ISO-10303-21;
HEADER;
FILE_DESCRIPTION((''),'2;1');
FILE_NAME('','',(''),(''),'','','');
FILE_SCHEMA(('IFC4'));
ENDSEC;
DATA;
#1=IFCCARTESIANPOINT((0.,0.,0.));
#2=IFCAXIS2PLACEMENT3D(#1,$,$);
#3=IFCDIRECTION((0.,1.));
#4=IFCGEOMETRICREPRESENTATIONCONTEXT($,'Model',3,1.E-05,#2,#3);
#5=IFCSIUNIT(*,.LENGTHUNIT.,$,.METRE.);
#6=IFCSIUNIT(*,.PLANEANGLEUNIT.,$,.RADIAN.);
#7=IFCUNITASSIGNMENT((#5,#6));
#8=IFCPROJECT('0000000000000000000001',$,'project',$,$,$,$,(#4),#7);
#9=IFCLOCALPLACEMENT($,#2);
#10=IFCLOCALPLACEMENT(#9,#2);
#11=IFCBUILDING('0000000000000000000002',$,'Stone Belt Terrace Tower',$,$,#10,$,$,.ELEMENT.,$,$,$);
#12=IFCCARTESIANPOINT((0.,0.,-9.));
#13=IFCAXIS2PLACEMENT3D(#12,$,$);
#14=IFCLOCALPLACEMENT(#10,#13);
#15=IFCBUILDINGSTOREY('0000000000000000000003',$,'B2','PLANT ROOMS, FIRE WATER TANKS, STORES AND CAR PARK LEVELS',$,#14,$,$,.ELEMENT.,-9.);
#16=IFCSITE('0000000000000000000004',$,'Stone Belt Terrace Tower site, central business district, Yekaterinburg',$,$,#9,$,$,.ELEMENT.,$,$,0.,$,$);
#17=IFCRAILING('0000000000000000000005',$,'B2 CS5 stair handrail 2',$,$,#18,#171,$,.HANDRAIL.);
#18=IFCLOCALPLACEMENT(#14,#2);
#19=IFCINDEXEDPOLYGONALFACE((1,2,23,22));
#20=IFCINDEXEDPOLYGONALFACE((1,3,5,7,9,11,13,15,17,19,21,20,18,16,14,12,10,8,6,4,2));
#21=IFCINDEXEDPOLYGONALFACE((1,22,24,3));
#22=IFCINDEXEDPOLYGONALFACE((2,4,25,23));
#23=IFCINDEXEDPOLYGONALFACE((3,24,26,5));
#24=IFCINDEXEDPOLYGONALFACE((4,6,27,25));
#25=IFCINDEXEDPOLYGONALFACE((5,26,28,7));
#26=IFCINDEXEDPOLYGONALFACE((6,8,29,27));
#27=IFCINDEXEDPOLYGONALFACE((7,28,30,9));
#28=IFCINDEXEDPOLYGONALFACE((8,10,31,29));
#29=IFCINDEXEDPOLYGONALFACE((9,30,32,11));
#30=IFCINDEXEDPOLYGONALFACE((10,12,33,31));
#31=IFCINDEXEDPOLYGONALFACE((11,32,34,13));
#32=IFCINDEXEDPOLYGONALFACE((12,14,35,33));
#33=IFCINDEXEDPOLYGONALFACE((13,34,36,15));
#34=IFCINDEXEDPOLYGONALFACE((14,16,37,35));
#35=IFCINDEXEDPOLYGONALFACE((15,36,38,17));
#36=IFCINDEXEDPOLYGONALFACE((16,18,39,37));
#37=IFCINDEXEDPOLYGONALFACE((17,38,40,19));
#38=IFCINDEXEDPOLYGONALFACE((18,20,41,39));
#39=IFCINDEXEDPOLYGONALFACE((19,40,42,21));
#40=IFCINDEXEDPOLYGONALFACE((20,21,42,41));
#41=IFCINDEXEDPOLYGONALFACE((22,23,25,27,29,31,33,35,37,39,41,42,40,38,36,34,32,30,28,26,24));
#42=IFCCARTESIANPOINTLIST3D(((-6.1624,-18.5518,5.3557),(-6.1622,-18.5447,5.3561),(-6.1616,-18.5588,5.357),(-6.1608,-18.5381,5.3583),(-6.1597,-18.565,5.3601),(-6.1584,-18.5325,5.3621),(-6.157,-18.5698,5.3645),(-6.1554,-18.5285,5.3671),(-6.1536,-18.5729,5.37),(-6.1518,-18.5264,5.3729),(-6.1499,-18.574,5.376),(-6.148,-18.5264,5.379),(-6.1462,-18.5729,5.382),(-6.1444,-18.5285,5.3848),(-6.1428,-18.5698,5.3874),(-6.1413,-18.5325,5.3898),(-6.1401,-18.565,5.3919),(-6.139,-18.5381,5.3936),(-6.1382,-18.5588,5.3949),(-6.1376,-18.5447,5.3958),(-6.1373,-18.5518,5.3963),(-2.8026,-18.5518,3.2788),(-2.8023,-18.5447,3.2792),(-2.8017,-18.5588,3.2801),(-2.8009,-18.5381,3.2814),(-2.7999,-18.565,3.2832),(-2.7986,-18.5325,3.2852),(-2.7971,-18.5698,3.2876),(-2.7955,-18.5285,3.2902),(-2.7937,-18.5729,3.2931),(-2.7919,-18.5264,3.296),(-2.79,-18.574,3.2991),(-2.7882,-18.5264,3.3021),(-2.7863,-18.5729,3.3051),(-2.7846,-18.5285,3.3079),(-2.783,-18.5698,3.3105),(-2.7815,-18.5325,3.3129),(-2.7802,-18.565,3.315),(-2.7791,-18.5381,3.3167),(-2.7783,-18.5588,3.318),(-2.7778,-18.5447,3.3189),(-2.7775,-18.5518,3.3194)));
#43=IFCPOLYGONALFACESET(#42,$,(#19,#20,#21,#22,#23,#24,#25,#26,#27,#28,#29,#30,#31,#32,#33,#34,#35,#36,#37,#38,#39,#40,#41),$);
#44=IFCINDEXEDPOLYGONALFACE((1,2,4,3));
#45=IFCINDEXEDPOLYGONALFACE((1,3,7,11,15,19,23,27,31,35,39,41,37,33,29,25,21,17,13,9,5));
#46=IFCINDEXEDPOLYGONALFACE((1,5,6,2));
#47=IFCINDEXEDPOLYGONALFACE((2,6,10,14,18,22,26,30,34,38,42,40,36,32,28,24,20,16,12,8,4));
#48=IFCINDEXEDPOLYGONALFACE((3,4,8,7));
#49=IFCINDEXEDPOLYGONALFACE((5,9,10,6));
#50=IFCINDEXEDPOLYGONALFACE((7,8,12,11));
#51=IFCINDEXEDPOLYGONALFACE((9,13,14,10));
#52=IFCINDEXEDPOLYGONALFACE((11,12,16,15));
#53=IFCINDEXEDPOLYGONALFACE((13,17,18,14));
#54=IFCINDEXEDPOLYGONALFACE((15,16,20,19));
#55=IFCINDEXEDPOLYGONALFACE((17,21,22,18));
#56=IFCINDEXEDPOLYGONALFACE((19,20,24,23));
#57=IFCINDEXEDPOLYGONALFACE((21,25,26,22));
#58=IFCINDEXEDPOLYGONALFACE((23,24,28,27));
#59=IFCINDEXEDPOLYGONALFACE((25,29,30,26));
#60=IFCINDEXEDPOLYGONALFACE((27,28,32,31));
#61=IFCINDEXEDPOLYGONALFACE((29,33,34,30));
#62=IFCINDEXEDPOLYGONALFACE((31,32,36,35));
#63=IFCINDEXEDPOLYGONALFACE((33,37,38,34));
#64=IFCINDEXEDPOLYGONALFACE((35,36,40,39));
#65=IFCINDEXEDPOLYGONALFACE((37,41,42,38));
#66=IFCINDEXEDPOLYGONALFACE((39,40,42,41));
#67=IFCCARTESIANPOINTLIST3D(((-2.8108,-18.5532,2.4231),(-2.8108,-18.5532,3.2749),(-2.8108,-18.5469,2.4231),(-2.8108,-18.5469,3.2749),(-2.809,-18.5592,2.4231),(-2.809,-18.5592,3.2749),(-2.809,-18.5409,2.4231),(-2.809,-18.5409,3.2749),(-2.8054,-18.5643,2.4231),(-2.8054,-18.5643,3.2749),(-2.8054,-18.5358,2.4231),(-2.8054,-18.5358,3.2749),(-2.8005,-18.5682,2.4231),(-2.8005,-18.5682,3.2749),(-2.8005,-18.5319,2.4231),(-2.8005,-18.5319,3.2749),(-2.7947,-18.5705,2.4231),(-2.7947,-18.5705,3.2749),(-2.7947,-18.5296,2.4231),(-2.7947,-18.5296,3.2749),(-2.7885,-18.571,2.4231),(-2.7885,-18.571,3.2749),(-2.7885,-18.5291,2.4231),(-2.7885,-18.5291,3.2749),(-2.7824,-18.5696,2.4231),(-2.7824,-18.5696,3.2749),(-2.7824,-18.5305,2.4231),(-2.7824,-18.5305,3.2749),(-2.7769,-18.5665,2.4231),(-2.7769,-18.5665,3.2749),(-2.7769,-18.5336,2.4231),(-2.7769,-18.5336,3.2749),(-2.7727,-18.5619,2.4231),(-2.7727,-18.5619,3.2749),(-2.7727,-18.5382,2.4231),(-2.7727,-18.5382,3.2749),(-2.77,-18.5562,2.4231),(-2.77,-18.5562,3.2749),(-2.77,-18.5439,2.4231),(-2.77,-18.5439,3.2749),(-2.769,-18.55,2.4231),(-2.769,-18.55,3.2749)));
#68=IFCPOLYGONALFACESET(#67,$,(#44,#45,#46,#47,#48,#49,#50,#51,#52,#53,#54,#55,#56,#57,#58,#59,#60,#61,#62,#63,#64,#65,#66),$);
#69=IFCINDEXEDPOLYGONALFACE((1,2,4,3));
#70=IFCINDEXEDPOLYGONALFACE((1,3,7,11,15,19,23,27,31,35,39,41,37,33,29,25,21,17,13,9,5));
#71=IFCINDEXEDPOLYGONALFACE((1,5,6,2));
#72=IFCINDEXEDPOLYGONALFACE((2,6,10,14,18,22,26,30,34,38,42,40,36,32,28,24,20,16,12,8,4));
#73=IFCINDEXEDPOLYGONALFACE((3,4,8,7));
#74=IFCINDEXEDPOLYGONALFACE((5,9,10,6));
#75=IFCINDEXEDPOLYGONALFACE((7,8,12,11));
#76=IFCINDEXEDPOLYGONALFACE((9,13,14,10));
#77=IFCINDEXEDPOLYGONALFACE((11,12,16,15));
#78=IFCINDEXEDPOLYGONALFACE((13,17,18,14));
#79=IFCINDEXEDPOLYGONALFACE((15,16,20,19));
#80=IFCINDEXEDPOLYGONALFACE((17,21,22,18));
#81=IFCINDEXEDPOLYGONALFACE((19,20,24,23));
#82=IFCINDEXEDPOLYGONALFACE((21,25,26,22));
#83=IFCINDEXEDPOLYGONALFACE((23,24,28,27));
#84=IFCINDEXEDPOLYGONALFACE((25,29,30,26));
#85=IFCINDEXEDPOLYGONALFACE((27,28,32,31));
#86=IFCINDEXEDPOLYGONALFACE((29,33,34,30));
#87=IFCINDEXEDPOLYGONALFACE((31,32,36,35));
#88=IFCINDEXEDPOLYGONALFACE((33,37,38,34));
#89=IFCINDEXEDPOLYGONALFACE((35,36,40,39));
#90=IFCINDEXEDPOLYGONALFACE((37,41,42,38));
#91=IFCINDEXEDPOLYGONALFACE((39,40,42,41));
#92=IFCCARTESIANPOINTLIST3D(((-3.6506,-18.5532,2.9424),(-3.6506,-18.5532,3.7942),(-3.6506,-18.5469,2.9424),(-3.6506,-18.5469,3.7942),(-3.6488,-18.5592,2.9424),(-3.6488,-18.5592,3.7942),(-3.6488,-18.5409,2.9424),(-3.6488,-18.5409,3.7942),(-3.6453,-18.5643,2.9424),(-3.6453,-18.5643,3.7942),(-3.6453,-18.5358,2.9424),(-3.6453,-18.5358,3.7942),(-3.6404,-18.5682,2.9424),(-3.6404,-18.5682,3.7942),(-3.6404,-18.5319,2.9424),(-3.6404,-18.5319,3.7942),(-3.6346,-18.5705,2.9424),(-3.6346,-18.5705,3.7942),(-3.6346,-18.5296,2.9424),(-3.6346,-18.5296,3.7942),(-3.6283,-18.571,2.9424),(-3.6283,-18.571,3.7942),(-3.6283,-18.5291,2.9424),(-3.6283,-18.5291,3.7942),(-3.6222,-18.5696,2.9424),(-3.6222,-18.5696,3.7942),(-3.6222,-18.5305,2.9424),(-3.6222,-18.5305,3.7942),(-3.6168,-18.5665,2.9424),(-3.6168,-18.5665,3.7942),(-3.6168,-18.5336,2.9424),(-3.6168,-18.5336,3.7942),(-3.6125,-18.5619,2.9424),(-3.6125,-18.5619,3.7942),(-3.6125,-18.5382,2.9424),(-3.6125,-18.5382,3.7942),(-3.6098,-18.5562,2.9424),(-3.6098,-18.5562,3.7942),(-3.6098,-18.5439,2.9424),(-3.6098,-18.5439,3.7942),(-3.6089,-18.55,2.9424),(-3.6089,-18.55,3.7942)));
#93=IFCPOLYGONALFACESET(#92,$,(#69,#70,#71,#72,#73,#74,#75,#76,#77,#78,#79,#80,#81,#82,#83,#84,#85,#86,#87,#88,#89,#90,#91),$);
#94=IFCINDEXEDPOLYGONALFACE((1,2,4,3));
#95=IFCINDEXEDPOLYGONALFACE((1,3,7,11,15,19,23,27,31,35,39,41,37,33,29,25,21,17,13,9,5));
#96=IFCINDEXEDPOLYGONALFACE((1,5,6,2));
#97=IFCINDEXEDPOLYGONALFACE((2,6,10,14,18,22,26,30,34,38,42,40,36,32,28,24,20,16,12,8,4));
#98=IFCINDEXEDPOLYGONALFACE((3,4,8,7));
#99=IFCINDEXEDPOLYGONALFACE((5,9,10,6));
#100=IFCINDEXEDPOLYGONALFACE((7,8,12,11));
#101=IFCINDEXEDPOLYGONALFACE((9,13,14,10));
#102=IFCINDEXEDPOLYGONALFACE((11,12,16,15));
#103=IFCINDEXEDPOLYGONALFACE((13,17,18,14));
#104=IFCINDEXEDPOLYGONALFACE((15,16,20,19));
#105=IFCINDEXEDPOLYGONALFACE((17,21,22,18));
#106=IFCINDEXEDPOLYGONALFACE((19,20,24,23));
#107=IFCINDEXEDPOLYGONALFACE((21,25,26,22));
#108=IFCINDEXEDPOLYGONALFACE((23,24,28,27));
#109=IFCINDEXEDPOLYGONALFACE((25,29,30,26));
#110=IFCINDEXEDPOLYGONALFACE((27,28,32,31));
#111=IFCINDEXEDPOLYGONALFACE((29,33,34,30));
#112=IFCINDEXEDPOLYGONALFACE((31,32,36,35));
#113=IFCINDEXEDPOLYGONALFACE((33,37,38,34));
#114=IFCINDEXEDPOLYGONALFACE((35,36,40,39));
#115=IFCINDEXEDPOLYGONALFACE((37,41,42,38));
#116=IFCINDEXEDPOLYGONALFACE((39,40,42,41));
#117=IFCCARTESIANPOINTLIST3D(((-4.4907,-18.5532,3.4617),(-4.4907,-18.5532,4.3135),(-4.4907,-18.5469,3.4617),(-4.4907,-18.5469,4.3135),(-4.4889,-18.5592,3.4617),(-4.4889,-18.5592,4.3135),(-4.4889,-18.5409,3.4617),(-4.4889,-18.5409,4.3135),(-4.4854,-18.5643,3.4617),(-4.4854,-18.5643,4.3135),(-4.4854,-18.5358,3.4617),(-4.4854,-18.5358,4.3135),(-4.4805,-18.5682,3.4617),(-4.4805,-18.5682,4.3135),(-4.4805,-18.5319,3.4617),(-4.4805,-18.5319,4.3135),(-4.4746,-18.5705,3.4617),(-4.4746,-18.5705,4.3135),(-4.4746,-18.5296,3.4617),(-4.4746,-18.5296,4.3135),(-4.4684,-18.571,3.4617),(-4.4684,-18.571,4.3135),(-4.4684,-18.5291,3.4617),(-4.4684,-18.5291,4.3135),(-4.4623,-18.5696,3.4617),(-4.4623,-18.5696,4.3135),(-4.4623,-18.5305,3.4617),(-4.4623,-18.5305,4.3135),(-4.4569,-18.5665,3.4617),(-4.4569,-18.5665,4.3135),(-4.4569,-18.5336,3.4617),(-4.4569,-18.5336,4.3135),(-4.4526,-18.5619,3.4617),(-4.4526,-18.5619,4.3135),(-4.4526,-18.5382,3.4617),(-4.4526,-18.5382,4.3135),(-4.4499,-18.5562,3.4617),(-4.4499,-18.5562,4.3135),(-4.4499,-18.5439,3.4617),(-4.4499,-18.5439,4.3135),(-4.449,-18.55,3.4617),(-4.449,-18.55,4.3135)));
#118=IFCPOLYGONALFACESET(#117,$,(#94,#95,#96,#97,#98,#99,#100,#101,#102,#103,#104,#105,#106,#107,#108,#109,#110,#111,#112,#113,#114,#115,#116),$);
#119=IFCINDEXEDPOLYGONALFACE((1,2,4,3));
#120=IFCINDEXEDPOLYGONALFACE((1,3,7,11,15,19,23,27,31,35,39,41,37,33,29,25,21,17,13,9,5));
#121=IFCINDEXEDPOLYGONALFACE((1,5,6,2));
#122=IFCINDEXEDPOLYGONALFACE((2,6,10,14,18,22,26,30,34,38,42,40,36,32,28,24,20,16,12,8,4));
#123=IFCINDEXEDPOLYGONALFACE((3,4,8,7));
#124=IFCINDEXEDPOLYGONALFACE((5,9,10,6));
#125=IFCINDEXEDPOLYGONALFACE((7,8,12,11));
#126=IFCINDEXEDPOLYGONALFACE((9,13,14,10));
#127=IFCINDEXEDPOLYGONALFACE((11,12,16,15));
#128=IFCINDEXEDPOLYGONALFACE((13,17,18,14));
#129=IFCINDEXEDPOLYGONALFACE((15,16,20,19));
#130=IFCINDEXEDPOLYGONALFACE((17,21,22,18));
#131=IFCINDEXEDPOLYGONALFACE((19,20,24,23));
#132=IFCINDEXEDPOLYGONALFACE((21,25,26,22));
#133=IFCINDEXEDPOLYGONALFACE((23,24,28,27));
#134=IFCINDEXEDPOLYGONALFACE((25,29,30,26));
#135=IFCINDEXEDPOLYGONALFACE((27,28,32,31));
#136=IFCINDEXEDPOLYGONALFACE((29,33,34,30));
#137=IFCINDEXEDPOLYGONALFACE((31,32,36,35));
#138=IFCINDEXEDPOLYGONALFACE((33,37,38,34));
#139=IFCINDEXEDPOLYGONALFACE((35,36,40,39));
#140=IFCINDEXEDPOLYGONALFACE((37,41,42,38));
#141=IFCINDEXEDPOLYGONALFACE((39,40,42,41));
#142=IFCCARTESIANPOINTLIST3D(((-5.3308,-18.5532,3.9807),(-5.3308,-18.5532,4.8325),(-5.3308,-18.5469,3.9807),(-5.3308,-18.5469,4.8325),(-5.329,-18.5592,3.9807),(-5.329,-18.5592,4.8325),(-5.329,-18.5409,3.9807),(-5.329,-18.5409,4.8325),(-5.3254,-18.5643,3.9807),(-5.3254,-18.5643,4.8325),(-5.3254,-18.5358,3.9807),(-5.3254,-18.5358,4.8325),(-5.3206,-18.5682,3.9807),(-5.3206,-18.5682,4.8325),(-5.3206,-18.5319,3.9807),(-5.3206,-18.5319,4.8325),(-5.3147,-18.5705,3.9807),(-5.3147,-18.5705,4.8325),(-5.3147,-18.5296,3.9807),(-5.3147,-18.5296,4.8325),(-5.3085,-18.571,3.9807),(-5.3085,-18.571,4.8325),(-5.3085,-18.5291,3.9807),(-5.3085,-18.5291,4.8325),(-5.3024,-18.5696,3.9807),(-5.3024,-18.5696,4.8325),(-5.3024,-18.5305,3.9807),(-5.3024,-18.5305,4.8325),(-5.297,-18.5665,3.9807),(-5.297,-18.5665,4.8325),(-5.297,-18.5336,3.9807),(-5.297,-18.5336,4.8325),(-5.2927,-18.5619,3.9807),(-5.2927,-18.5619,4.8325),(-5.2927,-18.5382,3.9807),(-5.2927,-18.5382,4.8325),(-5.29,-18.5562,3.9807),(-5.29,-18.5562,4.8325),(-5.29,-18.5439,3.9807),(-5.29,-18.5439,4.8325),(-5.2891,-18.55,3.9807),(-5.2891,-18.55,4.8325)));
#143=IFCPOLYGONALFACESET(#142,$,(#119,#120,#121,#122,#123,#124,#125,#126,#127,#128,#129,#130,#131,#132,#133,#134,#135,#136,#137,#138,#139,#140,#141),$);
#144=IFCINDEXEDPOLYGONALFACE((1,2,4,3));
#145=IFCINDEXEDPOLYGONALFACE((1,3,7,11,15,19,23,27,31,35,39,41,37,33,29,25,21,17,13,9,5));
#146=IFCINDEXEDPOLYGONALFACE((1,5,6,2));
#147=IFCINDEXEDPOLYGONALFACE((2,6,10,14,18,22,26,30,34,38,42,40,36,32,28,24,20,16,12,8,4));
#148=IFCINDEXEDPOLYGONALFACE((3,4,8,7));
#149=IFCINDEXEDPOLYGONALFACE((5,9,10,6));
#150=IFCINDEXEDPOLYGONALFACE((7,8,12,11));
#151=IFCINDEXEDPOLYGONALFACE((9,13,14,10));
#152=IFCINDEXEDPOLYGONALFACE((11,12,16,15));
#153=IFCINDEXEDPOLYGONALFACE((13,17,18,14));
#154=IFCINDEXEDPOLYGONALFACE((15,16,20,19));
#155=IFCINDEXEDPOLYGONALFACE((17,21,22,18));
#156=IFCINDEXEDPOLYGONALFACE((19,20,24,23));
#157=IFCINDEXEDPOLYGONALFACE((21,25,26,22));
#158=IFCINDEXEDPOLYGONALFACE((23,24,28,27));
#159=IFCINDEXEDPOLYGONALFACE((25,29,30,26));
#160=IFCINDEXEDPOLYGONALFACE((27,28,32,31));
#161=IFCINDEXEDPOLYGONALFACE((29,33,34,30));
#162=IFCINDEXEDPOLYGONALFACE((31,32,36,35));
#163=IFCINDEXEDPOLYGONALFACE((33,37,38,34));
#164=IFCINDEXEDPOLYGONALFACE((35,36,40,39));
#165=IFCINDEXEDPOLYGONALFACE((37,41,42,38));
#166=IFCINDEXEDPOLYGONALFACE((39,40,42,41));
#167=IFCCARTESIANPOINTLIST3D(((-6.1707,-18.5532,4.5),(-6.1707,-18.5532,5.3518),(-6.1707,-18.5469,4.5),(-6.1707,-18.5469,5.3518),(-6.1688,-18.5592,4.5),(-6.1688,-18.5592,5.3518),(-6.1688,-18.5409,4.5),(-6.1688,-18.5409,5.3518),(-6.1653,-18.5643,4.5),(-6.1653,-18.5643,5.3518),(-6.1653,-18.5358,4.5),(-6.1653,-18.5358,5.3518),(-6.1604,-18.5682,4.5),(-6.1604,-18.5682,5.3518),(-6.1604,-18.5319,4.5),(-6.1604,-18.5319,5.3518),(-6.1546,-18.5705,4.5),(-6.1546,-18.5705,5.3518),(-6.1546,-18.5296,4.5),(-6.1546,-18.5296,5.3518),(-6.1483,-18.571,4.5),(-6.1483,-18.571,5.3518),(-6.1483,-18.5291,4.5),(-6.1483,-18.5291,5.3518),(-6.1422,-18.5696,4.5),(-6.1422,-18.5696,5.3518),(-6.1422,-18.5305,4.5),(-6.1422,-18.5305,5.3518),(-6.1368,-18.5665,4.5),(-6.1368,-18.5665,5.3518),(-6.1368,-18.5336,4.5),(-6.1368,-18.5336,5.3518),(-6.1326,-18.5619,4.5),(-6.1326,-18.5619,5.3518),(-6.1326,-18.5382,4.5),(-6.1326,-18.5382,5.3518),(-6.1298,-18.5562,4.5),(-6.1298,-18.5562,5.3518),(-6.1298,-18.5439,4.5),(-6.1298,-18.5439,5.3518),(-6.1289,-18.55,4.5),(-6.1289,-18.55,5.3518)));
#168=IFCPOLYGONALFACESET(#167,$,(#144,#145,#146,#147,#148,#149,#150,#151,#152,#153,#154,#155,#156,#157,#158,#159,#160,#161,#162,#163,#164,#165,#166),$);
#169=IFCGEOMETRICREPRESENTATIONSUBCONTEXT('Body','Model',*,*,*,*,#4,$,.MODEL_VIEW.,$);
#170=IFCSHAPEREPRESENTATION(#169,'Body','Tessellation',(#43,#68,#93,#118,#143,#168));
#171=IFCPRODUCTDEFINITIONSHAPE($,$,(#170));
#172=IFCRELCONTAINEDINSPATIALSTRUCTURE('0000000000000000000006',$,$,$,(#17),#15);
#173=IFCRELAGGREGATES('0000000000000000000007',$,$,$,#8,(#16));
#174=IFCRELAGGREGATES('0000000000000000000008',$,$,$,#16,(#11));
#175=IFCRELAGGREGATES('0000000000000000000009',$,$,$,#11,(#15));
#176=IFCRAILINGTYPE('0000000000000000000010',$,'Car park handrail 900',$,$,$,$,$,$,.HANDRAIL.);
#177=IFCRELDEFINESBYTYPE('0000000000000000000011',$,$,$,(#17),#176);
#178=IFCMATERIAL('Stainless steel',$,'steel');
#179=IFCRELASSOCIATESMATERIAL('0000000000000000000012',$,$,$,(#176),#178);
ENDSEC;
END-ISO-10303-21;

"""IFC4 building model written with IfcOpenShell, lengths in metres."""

from ifc_helpers import new_model, si_unit, direction, frame, origin, origin_2d, place, context, subcontext, project, spatial, circle, extrude, material, type_object, element, save


model = new_model("IFC4")

# Units and contexts
model_context = context("Model", 3, precision=1e-05, world=origin(), true_north=direction((0.0, 1.0)))
body_context = subcontext(model_context, "Body", "Model", "MODEL_VIEW")
ifc_project = project(units=[si_unit("LENGTHUNIT", "METRE"), si_unit("PLANEANGLEUNIT", "RADIAN")], contexts=[model_context])

# Site, building, storey
site_placement = place(None, origin())
site = spatial("IfcSite", under=ifc_project, at=site_placement, Name="Stone Belt Terrace Tower site, central business district, Yekaterinburg", CompositionType="ELEMENT", RefElevation=0.0)
building_placement = place(site_placement, origin())
building = spatial("IfcBuilding", under=site, at=building_placement, Name="Stone Belt Terrace Tower", CompositionType="ELEMENT")
storey_placement = place(building_placement, frame((0.0, 0.0, -9.0)))
storey = spatial("IfcBuildingStorey", under=building, at=storey_placement, Name="B2", Description="PLANT ROOMS, FIRE WATER TANKS, STORES AND CAR PARK LEVELS", CompositionType="ELEMENT", Elevation=-9.0)

# Railing
ifc_material_1 = material(Name="Stainless steel", Category="steel")
railing_type_1 = type_object("IfcRailingType", Name="Car park handrail 900", PredefinedType="HANDRAIL", material=ifc_material_1)
railing_1_placement = place(storey_placement, frame((-2.79, -18.55, 2.4231)))
element("IfcRailing", 1, at=railing_1_placement, inside=storey, type_object=railing_type_1, Name="B2 CS5 stair handrail 2", PredefinedType="HANDRAIL", context=body_context, shape_type="SweptSolid", body=[
    extrude(circle(Radius=0.0239, at=origin_2d()), frame((0.0, 0.0, 0.876), z_axis=(-0.850606, 0.0, 0.525803), x_axis=(0.0, -1.0, 0.0)), (0.0, 0.0, 1.0), 3.95),
    extrude(circle(Radius=0.021, at=origin_2d()), origin(), (0.0, 0.0, 1.0), 0.8518),
    extrude(circle(Radius=0.021, at=origin_2d()), frame((-0.8398, 0.0, 0.5193)), (0.0, 0.0, 1.0), 0.8518),
    extrude(circle(Radius=0.021, at=origin_2d()), frame((-1.6799, 0.0, 1.0386)), (0.0, 0.0, 1.0), 0.8518),
    extrude(circle(Radius=0.021, at=origin_2d()), frame((-2.52, 0.0, 1.5576)), (0.0, 0.0, 1.0), 0.8518),
    extrude(circle(Radius=0.021, at=origin_2d()), frame((-3.3599, 0.0, 2.0769)), (0.0, 0.0, 1.0), 0.8518),
])

save(model, "model.ifc")
